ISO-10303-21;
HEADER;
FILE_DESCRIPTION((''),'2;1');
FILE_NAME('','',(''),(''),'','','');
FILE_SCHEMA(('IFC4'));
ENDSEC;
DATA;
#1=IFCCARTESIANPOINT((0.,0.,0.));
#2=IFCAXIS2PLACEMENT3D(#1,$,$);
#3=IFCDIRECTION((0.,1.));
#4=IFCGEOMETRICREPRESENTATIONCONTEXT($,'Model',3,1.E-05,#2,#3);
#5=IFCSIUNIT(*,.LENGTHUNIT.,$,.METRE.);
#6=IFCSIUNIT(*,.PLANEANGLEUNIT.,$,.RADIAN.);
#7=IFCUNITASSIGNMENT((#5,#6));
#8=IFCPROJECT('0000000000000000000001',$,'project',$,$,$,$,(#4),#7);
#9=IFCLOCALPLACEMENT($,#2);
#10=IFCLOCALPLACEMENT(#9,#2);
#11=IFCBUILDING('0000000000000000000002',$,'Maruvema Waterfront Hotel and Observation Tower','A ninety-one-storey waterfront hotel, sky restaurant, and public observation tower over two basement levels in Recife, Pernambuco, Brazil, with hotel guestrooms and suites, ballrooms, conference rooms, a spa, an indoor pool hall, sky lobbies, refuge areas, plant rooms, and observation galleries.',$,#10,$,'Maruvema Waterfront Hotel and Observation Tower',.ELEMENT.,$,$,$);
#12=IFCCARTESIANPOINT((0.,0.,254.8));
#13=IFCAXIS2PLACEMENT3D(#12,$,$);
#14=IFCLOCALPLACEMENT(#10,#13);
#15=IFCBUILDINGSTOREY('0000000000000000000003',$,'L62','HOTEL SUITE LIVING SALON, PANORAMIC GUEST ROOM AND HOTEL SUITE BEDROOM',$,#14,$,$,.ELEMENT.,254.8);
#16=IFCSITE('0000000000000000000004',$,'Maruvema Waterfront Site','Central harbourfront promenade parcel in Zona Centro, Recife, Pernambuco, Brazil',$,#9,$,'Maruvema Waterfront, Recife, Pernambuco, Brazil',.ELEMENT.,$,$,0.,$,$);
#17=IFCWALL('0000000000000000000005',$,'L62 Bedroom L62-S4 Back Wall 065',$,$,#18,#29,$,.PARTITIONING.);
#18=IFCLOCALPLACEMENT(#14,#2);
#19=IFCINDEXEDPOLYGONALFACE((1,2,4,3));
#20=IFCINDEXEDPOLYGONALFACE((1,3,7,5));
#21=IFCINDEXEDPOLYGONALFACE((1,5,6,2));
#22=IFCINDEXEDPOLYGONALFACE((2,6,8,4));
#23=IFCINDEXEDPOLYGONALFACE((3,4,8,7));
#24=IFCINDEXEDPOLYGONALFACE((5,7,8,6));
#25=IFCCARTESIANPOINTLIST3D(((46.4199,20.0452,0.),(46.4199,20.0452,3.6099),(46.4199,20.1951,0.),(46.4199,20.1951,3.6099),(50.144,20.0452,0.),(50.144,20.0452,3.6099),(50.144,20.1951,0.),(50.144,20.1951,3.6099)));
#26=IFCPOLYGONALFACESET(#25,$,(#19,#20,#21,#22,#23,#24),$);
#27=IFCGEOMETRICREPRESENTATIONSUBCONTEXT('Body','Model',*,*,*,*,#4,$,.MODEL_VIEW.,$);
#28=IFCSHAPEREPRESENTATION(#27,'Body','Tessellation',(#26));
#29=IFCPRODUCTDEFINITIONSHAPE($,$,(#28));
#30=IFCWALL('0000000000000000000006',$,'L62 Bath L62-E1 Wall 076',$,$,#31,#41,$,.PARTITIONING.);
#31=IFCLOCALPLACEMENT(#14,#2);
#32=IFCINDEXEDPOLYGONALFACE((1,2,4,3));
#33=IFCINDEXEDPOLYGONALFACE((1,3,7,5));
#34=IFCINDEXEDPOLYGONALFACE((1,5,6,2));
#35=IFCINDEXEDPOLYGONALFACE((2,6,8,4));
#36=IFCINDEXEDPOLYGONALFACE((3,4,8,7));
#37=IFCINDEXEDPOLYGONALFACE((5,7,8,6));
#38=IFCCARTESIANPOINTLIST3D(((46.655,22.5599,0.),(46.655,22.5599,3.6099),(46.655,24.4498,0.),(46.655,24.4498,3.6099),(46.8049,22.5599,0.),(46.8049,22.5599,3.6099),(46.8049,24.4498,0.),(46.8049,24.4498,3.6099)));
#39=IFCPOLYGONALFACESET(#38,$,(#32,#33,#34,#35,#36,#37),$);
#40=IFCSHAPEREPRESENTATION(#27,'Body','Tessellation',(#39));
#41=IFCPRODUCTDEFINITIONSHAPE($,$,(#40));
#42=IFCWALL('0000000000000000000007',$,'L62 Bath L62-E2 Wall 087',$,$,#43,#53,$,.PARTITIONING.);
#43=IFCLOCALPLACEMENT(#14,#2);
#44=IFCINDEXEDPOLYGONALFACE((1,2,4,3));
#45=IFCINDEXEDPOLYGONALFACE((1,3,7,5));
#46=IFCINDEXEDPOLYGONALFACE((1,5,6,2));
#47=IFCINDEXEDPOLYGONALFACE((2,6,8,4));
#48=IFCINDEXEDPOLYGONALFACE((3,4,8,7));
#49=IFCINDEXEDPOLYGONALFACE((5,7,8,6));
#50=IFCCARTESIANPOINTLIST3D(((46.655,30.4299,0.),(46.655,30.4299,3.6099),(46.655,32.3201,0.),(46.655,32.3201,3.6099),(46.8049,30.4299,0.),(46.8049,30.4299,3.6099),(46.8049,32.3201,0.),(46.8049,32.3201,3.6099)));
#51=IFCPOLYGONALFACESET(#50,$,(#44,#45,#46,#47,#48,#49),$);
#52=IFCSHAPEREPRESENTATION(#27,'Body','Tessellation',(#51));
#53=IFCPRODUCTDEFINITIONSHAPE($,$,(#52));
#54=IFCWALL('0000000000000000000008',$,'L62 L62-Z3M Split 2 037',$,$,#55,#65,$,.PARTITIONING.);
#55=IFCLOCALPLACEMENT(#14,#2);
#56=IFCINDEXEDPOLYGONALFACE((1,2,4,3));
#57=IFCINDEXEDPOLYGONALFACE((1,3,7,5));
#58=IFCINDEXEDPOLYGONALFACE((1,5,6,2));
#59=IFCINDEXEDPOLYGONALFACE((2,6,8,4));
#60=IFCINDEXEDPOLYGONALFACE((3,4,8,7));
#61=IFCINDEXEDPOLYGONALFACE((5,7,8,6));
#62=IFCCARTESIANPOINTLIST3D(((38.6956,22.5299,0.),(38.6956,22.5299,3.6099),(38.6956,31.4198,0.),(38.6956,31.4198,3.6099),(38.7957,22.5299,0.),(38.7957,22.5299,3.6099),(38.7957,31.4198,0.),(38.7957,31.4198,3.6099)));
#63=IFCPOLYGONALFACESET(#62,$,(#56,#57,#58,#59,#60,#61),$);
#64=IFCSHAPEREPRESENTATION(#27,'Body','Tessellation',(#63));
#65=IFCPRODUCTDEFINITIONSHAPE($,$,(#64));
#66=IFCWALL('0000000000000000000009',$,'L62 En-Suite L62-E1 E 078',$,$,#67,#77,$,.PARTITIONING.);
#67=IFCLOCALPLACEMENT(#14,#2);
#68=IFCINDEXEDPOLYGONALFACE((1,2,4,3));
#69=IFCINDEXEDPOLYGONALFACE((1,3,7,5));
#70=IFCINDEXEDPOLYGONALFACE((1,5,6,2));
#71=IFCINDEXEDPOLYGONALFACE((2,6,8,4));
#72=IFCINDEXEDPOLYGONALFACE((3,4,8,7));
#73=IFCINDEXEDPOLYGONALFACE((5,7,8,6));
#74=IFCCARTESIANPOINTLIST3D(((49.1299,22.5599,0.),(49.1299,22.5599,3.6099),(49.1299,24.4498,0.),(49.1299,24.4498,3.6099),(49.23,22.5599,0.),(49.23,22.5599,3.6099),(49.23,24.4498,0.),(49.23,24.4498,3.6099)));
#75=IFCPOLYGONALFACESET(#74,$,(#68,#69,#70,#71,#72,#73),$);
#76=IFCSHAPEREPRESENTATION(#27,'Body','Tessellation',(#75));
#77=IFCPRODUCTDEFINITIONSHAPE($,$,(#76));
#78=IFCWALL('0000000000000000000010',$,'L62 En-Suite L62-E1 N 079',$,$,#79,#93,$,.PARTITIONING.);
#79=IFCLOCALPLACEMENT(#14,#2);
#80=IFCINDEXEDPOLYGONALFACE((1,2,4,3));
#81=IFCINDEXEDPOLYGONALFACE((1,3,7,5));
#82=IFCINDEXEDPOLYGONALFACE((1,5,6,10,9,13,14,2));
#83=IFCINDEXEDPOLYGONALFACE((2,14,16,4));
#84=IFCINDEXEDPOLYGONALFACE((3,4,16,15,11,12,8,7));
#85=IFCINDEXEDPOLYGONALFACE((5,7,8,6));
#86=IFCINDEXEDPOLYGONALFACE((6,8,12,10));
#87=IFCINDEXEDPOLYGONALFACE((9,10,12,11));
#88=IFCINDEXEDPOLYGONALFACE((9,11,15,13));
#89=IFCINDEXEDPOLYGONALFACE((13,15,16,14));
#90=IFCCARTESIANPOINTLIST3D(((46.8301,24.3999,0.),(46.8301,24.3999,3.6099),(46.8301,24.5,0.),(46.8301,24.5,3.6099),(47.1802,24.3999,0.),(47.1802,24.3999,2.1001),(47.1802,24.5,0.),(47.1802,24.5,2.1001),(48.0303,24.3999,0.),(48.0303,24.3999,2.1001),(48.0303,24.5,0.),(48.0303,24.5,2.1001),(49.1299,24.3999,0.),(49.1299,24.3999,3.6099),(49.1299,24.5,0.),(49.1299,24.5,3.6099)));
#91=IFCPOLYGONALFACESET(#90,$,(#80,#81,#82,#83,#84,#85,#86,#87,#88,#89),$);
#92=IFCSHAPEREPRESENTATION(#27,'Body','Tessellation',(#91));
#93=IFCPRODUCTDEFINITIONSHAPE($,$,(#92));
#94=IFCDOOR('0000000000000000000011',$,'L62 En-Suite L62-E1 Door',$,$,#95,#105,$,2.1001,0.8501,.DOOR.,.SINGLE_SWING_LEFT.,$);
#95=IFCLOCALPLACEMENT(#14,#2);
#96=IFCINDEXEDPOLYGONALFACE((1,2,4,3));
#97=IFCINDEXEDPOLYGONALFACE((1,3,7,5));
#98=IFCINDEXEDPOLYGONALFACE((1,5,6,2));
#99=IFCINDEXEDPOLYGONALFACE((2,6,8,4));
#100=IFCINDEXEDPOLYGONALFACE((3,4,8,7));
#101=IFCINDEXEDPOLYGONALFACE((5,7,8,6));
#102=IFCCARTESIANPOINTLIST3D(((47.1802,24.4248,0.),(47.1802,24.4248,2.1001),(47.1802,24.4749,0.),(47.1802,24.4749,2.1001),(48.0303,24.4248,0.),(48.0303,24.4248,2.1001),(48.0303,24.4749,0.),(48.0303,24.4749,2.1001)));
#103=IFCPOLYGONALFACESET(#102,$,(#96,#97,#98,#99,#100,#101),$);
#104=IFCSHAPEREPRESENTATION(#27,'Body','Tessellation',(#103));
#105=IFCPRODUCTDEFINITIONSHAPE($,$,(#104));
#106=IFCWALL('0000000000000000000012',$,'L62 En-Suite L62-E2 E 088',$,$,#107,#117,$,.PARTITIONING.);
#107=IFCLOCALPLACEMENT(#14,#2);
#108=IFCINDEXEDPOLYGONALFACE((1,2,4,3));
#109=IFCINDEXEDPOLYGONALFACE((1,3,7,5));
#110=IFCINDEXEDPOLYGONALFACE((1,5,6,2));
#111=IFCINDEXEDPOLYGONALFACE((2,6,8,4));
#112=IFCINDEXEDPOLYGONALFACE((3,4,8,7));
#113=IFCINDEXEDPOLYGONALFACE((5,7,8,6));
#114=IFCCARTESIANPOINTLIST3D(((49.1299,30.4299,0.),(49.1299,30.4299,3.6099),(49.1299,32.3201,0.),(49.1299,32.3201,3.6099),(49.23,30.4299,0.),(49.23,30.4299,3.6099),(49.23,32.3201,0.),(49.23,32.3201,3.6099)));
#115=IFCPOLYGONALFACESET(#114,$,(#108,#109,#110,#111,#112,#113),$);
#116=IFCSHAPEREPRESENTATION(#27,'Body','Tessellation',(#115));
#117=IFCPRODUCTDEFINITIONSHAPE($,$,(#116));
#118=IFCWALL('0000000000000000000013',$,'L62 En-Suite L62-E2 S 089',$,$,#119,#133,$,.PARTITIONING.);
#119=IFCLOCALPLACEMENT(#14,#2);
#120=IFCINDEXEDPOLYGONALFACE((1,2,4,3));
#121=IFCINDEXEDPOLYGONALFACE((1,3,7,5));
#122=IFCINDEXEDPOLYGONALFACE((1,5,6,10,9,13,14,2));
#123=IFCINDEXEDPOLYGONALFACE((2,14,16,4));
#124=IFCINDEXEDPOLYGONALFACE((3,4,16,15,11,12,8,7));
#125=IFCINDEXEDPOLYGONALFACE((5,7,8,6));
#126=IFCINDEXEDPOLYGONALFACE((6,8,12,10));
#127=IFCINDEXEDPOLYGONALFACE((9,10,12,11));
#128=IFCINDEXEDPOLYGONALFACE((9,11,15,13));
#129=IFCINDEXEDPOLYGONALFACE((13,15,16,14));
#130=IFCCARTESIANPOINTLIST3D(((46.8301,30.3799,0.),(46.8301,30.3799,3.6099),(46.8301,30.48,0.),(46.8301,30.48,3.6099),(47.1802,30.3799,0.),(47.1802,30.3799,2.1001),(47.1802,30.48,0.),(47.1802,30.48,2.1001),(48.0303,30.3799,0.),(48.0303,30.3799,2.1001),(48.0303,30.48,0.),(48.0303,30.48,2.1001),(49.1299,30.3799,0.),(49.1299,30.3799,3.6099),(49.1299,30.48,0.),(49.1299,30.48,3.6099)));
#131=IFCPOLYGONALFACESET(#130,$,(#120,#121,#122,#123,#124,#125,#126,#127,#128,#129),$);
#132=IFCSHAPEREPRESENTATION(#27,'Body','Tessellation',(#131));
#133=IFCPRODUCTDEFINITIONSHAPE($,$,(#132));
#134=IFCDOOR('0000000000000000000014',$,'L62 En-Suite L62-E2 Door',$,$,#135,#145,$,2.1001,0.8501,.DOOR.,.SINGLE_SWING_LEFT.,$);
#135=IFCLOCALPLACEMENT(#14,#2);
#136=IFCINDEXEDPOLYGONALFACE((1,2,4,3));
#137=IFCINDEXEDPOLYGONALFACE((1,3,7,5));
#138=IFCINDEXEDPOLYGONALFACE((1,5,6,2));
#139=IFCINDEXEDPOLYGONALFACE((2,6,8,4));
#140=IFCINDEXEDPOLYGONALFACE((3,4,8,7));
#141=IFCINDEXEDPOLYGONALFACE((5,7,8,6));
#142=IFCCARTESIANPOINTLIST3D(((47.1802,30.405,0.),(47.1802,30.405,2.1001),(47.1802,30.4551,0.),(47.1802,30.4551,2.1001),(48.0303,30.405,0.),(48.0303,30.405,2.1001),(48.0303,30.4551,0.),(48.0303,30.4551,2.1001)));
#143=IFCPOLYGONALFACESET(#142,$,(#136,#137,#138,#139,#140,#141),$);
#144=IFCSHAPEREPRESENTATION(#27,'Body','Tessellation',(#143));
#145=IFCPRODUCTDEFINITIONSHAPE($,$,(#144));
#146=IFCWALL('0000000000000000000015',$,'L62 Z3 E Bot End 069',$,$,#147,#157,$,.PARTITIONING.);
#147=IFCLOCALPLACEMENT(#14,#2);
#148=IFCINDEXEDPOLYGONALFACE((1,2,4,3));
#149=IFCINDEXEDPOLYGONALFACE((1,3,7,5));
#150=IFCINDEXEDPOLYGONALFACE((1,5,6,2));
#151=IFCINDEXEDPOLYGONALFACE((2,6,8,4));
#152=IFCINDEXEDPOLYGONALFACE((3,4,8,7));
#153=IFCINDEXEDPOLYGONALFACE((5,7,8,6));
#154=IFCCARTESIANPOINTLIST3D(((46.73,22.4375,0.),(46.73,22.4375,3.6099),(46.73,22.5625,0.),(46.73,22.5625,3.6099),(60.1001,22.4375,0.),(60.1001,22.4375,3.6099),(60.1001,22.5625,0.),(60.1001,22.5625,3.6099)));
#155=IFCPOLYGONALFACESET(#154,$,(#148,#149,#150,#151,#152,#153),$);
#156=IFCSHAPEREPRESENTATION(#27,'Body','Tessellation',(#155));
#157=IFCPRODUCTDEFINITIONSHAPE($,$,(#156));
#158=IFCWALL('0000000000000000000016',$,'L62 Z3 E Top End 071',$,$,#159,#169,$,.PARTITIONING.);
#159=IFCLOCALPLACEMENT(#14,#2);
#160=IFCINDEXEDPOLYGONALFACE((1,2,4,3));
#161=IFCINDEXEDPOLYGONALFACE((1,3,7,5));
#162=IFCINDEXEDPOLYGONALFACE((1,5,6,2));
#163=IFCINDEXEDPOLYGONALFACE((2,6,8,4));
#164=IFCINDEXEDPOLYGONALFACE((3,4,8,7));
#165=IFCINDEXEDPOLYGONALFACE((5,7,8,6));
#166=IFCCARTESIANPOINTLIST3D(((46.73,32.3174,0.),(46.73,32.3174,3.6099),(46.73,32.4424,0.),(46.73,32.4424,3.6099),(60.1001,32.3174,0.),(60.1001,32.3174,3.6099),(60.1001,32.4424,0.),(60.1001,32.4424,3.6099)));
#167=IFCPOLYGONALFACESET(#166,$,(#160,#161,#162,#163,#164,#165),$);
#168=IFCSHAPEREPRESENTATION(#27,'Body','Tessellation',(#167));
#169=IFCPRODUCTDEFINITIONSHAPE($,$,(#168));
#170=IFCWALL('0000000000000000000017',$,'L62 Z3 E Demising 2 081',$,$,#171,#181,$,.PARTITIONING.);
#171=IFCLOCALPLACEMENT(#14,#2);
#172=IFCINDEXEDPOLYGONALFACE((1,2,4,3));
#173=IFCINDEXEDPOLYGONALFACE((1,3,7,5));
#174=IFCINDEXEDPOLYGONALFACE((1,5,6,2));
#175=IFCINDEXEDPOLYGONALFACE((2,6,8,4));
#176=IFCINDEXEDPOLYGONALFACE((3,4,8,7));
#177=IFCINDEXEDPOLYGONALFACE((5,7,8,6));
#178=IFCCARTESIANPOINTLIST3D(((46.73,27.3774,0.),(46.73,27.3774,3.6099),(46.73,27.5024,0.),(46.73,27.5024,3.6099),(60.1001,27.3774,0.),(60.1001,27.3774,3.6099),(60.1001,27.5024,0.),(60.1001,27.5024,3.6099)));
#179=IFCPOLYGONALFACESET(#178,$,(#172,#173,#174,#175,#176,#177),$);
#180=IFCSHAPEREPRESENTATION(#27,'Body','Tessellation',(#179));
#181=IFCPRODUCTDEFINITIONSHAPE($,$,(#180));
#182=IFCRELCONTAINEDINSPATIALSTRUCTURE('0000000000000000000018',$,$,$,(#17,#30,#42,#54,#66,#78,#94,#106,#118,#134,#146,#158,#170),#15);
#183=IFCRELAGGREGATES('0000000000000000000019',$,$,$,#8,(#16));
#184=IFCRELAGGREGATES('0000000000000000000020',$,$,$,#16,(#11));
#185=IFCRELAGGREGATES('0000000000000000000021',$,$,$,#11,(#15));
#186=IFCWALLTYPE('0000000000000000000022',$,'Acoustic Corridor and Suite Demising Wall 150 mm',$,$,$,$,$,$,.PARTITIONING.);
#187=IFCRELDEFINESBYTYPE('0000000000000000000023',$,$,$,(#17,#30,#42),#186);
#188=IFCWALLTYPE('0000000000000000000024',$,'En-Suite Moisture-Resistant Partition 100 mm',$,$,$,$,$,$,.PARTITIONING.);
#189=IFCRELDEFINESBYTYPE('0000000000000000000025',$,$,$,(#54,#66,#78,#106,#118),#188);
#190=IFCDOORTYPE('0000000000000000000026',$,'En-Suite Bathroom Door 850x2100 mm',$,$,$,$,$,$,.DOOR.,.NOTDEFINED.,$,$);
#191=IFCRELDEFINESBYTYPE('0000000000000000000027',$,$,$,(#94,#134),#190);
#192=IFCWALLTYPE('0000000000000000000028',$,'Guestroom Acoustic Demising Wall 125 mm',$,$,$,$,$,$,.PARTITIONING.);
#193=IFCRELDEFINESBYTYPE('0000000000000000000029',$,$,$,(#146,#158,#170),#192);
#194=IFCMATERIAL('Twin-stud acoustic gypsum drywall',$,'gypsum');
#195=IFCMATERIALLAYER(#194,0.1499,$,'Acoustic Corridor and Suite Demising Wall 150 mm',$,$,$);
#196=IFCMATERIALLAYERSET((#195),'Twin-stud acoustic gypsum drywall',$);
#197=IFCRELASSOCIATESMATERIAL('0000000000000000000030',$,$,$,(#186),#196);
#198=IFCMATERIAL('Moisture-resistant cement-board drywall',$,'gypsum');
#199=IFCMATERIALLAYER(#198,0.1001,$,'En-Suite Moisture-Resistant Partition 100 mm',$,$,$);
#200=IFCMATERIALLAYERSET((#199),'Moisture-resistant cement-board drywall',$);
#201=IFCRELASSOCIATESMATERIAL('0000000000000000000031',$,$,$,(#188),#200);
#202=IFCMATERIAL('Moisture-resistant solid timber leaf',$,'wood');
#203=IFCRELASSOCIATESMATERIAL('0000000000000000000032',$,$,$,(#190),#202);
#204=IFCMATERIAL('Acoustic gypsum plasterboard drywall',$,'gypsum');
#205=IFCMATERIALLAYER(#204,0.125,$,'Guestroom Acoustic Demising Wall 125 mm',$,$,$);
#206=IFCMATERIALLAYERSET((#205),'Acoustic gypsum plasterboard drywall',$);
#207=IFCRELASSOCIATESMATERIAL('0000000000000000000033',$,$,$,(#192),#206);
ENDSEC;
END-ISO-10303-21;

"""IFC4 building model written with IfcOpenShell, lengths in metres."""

from ifc_helpers import new_model, si_unit, direction, frame, frame_2d, origin, place, context, subcontext, project, spatial, rectangle, extrude, material, layer, layer_set, type_object, element, fill, save


model = new_model("IFC4")

# Units and contexts
model_context = context("Model", 3, precision=1e-05, world=origin(), true_north=direction((0.0, 1.0)))
body_context = subcontext(model_context, "Body", "Model", "MODEL_VIEW")
ifc_project = project(units=[si_unit("LENGTHUNIT", "METRE"), si_unit("PLANEANGLEUNIT", "RADIAN")], contexts=[model_context])

# Site, building, storey
site_placement = place(None, origin())
site = spatial("IfcSite", under=ifc_project, at=site_placement, Name="Maruvema Waterfront Site", Description="Central harbourfront promenade parcel in Zona Centro, Recife, Pernambuco, Brazil", LongName="Maruvema Waterfront, Recife, Pernambuco, Brazil", CompositionType="ELEMENT", RefElevation=0.0)
building_placement = place(site_placement, origin())
building = spatial("IfcBuilding", under=site, at=building_placement, Name="Maruvema Waterfront Hotel and Observation Tower", Description="A ninety-one-storey waterfront hotel, sky restaurant, and public observation tower over two basement levels in Recife, Pernambuco, Brazil, with hotel guestrooms and suites, ballrooms, conference rooms, a spa, an indoor pool hall, sky lobbies, refuge areas, plant rooms, and observation galleries.", LongName="Maruvema Waterfront Hotel and Observation Tower", CompositionType="ELEMENT")
storey_placement = place(building_placement, frame((0.0, 0.0, 254.8)))
storey = spatial("IfcBuildingStorey", under=building, at=storey_placement, Name="L62", Description="HOTEL SUITE LIVING SALON, PANORAMIC GUEST ROOM AND HOTEL SUITE BEDROOM", CompositionType="ELEMENT", Elevation=254.8)

# Shared definitions
ifc_material_1 = material(Name="Twin-stud acoustic gypsum drywall", Category="gypsum")
ifc_layer_1 = layer(ifc_material_1, 0.1499, Name="Acoustic Corridor and Suite Demising Wall 150 mm")
ifc_layer_set_1 = layer_set([ifc_layer_1], Name="Twin-stud acoustic gypsum drywall")
wall_type_1 = type_object("IfcWallType", Name="Acoustic Corridor and Suite Demising Wall 150 mm", PredefinedType="PARTITIONING", material=ifc_layer_set_1)

# Wall
wall_1_placement = place(storey_placement, frame((46.4199, 20.1201, 0.0), z_axis=(0.0, 0.0, 1.0), x_axis=(1.0, 0.0, 0.0)))
element("IfcWall", 1, at=wall_1_placement, inside=storey, type_object=wall_type_1, Name="L62 Bedroom L62-S4 Back Wall 065", PredefinedType="PARTITIONING", context=body_context, shape_type="SweptSolid", body=[
    extrude(rectangle(XDim=3.7241, YDim=0.1499, at=frame_2d((1.8621, 0.0))), origin(), (0.0, 0.0, 1.0), 3.6099),
])

# Wall
wall_2_placement = place(storey_placement, frame((46.73, 22.5601, 0.0), z_axis=(0.0, 0.0, 1.0), x_axis=(0.0, 1.0, 0.0)))
element("IfcWall", 2, at=wall_2_placement, inside=storey, type_object=wall_type_1, Name="L62 Bath L62-E1 Wall 076", PredefinedType="PARTITIONING", context=body_context, shape_type="SweptSolid", body=[
    extrude(rectangle(XDim=1.8899, YDim=0.1499, at=frame_2d((0.9448, 0.0))), origin(), (0.0, 0.0, 1.0), 3.6099),
])

# Walls
wall_3_placement = place(storey_placement, frame((46.73, 30.4299, 0.0), z_axis=(0.0, 0.0, 1.0), x_axis=(0.0, 1.0, 0.0)))
element("IfcWall", 3, at=wall_3_placement, inside=storey, type_object=wall_type_1, Name="L62 Bath L62-E2 Wall 087", PredefinedType="PARTITIONING", context=body_context, shape_type="SweptSolid", body=[
    extrude(rectangle(XDim=1.8901, YDim=0.1499, at=frame_2d((0.9451, 0.0))), origin(), (0.0, 0.0, 1.0), 3.6099),
])
ifc_material_2 = material(Name="Moisture-resistant cement-board drywall", Category="gypsum")
ifc_layer_2 = layer(ifc_material_2, 0.1001, Name="En-Suite Moisture-Resistant Partition 100 mm")
ifc_layer_set_2 = layer_set([ifc_layer_2], Name="Moisture-resistant cement-board drywall")
wall_type_2 = type_object("IfcWallType", Name="En-Suite Moisture-Resistant Partition 100 mm", PredefinedType="PARTITIONING", material=ifc_layer_set_2)
wall_4_placement = place(storey_placement, frame((38.7456, 22.53, 0.0), z_axis=(0.0, 0.0, 1.0), x_axis=(0.0, 1.0, 0.0)))
element("IfcWall", 4, at=wall_4_placement, inside=storey, type_object=wall_type_2, Name="L62 L62-Z3M Split 2 037", PredefinedType="PARTITIONING", context=body_context, shape_type="SweptSolid", body=[
    extrude(rectangle(XDim=8.8899, YDim=0.1001, at=frame_2d((4.4448, 0.0))), origin(), (0.0, 0.0, 1.0), 3.6099),
])
wall_5_placement = place(storey_placement, frame((49.1799, 22.5601, 0.0), z_axis=(0.0, 0.0, 1.0), x_axis=(0.0, 1.0, 0.0)))
element("IfcWall", 5, at=wall_5_placement, inside=storey, type_object=wall_type_2, Name="L62 En-Suite L62-E1 E 078", PredefinedType="PARTITIONING", context=body_context, shape_type="SweptSolid", body=[
    extrude(rectangle(XDim=1.8899, YDim=0.1001, at=frame_2d((0.9448, 0.0))), origin(), (0.0, 0.0, 1.0), 3.6099),
])

# Wall, opening, door
wall_6_placement = place(storey_placement, frame((46.8301, 24.45, 0.0), z_axis=(0.0, 0.0, 1.0), x_axis=(1.0, 0.0, 0.0)))
wall_6 = element("IfcWall", 6, at=wall_6_placement, inside=storey, type_object=wall_type_2, Name="L62 En-Suite L62-E1 N 079", PredefinedType="PARTITIONING", context=body_context, shape_type="SweptSolid", body=[
    extrude(rectangle(XDim=2.2998, YDim=0.1001, at=frame_2d((1.1499, 0.0))), origin(), (0.0, 0.0, 1.0), 3.6099),
])
opening_1_placement = place(wall_6_placement, frame((0.3501, 0.0, 0.0)))
opening_1 = element("IfcOpeningElement", 7, at=opening_1_placement, cuts=wall_6, PredefinedType="OPENING", context=body_context, shape_type="SweptSolid", body=[
    extrude(rectangle(XDim=0.8501, YDim=2.1001, at=frame_2d((0.425, 1.05))), frame((0.0, 0.0601, 0.0), z_axis=(0.0, -1.0, 0.0), x_axis=(1.0, 0.0, 0.0)), (0.0, 0.0, 1.0), 0.1201),
])
ifc_material_3 = material(Name="Moisture-resistant solid timber leaf", Category="wood")
door_type_1 = type_object("IfcDoorType", Name="En-Suite Bathroom Door 850x2100 mm", OperationType="NOTDEFINED", PredefinedType="DOOR", material=ifc_material_3)
door_1_placement = place(opening_1_placement, origin())
door_1 = element("IfcDoor", 8, at=door_1_placement, inside=storey, type_object=door_type_1, Name="L62 En-Suite L62-E1 Door", OperationType="SINGLE_SWING_LEFT", OverallHeight=2.1001, OverallWidth=0.8501, PredefinedType="DOOR", context=body_context, shape_type="SweptSolid", body=[
    extrude(rectangle(XDim=0.8501, YDim=2.1001, at=frame_2d((0.425, 1.05))), frame((0.0, 0.0249, 0.0), z_axis=(0.0, -1.0, 0.0), x_axis=(1.0, 0.0, 0.0)), (0.0, 0.0, 1.0), 0.05),
])
fill(opening_1, door_1)

# Wall
wall_7_placement = place(storey_placement, frame((49.1799, 30.4299, 0.0), z_axis=(0.0, 0.0, 1.0), x_axis=(0.0, 1.0, 0.0)))
element("IfcWall", 9, at=wall_7_placement, inside=storey, type_object=wall_type_2, Name="L62 En-Suite L62-E2 E 088", PredefinedType="PARTITIONING", context=body_context, shape_type="SweptSolid", body=[
    extrude(rectangle(XDim=1.8901, YDim=0.1001, at=frame_2d((0.9451, 0.0))), origin(), (0.0, 0.0, 1.0), 3.6099),
])

# Wall, opening, door
wall_8_placement = place(storey_placement, frame((46.8301, 30.4299, 0.0), z_axis=(0.0, 0.0, 1.0), x_axis=(1.0, 0.0, 0.0)))
wall_8 = element("IfcWall", 10, at=wall_8_placement, inside=storey, type_object=wall_type_2, Name="L62 En-Suite L62-E2 S 089", PredefinedType="PARTITIONING", context=body_context, shape_type="SweptSolid", body=[
    extrude(rectangle(XDim=2.2998, YDim=0.1001, at=frame_2d((1.1499, 0.0))), origin(), (0.0, 0.0, 1.0), 3.6099),
])
opening_2_placement = place(wall_8_placement, frame((0.3501, 0.0, 0.0)))
opening_2 = element("IfcOpeningElement", 11, at=opening_2_placement, cuts=wall_8, PredefinedType="OPENING", context=body_context, shape_type="SweptSolid", body=[
    extrude(rectangle(XDim=0.8501, YDim=2.1001, at=frame_2d((0.425, 1.05))), frame((0.0, 0.0601, 0.0), z_axis=(0.0, -1.0, 0.0), x_axis=(1.0, 0.0, 0.0)), (0.0, 0.0, 1.0), 0.1201),
])
door_2_placement = place(opening_2_placement, frame((0.8501, 0.0, 0.0), z_axis=(0.0, 0.0, 1.0), x_axis=(-1.0, 0.0, 0.0)))
door_2 = element("IfcDoor", 12, at=door_2_placement, inside=storey, type_object=door_type_1, Name="L62 En-Suite L62-E2 Door", OperationType="SINGLE_SWING_LEFT", OverallHeight=2.1001, OverallWidth=0.8501, PredefinedType="DOOR", context=body_context, shape_type="SweptSolid", body=[
    extrude(rectangle(XDim=0.8501, YDim=2.1001, at=frame_2d((0.425, 1.05))), frame((0.0, 0.0249, 0.0), z_axis=(0.0, -1.0, 0.0), x_axis=(1.0, 0.0, 0.0)), (0.0, 0.0, 1.0), 0.05),
])
fill(opening_2, door_2)

# Walls
ifc_material_4 = material(Name="Acoustic gypsum plasterboard drywall", Category="gypsum")
ifc_layer_3 = layer(ifc_material_4, 0.125, Name="Guestroom Acoustic Demising Wall 125 mm")
ifc_layer_set_3 = layer_set([ifc_layer_3], Name="Acoustic gypsum plasterboard drywall")
wall_type_3 = type_object("IfcWallType", Name="Guestroom Acoustic Demising Wall 125 mm", PredefinedType="PARTITIONING", material=ifc_layer_set_3)
for number, where, z_axis, x_axis, name in (
    (13, (46.73, 22.5, 0.0), (0.0, 0.0, 1.0), (1.0, 0.0, 0.0), "L62 Z3 E Bot End 069"),
    (14, (46.73, 32.3799, 0.0), (0.0, 0.0, 1.0), (1.0, 0.0, 0.0), "L62 Z3 E Top End 071"),
    (15, (46.73, 27.4399, 0.0), (0.0, 0.0, 1.0), (1.0, 0.0, 0.0), "L62 Z3 E Demising 2 081"),
):
    element("IfcWall", number, at=place(storey_placement, frame(where, z_axis=z_axis, x_axis=x_axis)), inside=storey, type_object=wall_type_3, Name=name, PredefinedType="PARTITIONING", context=body_context, shape_type="SweptSolid", body=[
        extrude(rectangle(XDim=13.3701, YDim=0.125, at=frame_2d((6.6851, 0.0))), origin(), (0.0, 0.0, 1.0), 3.6099),
    ])

save(model, "model.ifc")
